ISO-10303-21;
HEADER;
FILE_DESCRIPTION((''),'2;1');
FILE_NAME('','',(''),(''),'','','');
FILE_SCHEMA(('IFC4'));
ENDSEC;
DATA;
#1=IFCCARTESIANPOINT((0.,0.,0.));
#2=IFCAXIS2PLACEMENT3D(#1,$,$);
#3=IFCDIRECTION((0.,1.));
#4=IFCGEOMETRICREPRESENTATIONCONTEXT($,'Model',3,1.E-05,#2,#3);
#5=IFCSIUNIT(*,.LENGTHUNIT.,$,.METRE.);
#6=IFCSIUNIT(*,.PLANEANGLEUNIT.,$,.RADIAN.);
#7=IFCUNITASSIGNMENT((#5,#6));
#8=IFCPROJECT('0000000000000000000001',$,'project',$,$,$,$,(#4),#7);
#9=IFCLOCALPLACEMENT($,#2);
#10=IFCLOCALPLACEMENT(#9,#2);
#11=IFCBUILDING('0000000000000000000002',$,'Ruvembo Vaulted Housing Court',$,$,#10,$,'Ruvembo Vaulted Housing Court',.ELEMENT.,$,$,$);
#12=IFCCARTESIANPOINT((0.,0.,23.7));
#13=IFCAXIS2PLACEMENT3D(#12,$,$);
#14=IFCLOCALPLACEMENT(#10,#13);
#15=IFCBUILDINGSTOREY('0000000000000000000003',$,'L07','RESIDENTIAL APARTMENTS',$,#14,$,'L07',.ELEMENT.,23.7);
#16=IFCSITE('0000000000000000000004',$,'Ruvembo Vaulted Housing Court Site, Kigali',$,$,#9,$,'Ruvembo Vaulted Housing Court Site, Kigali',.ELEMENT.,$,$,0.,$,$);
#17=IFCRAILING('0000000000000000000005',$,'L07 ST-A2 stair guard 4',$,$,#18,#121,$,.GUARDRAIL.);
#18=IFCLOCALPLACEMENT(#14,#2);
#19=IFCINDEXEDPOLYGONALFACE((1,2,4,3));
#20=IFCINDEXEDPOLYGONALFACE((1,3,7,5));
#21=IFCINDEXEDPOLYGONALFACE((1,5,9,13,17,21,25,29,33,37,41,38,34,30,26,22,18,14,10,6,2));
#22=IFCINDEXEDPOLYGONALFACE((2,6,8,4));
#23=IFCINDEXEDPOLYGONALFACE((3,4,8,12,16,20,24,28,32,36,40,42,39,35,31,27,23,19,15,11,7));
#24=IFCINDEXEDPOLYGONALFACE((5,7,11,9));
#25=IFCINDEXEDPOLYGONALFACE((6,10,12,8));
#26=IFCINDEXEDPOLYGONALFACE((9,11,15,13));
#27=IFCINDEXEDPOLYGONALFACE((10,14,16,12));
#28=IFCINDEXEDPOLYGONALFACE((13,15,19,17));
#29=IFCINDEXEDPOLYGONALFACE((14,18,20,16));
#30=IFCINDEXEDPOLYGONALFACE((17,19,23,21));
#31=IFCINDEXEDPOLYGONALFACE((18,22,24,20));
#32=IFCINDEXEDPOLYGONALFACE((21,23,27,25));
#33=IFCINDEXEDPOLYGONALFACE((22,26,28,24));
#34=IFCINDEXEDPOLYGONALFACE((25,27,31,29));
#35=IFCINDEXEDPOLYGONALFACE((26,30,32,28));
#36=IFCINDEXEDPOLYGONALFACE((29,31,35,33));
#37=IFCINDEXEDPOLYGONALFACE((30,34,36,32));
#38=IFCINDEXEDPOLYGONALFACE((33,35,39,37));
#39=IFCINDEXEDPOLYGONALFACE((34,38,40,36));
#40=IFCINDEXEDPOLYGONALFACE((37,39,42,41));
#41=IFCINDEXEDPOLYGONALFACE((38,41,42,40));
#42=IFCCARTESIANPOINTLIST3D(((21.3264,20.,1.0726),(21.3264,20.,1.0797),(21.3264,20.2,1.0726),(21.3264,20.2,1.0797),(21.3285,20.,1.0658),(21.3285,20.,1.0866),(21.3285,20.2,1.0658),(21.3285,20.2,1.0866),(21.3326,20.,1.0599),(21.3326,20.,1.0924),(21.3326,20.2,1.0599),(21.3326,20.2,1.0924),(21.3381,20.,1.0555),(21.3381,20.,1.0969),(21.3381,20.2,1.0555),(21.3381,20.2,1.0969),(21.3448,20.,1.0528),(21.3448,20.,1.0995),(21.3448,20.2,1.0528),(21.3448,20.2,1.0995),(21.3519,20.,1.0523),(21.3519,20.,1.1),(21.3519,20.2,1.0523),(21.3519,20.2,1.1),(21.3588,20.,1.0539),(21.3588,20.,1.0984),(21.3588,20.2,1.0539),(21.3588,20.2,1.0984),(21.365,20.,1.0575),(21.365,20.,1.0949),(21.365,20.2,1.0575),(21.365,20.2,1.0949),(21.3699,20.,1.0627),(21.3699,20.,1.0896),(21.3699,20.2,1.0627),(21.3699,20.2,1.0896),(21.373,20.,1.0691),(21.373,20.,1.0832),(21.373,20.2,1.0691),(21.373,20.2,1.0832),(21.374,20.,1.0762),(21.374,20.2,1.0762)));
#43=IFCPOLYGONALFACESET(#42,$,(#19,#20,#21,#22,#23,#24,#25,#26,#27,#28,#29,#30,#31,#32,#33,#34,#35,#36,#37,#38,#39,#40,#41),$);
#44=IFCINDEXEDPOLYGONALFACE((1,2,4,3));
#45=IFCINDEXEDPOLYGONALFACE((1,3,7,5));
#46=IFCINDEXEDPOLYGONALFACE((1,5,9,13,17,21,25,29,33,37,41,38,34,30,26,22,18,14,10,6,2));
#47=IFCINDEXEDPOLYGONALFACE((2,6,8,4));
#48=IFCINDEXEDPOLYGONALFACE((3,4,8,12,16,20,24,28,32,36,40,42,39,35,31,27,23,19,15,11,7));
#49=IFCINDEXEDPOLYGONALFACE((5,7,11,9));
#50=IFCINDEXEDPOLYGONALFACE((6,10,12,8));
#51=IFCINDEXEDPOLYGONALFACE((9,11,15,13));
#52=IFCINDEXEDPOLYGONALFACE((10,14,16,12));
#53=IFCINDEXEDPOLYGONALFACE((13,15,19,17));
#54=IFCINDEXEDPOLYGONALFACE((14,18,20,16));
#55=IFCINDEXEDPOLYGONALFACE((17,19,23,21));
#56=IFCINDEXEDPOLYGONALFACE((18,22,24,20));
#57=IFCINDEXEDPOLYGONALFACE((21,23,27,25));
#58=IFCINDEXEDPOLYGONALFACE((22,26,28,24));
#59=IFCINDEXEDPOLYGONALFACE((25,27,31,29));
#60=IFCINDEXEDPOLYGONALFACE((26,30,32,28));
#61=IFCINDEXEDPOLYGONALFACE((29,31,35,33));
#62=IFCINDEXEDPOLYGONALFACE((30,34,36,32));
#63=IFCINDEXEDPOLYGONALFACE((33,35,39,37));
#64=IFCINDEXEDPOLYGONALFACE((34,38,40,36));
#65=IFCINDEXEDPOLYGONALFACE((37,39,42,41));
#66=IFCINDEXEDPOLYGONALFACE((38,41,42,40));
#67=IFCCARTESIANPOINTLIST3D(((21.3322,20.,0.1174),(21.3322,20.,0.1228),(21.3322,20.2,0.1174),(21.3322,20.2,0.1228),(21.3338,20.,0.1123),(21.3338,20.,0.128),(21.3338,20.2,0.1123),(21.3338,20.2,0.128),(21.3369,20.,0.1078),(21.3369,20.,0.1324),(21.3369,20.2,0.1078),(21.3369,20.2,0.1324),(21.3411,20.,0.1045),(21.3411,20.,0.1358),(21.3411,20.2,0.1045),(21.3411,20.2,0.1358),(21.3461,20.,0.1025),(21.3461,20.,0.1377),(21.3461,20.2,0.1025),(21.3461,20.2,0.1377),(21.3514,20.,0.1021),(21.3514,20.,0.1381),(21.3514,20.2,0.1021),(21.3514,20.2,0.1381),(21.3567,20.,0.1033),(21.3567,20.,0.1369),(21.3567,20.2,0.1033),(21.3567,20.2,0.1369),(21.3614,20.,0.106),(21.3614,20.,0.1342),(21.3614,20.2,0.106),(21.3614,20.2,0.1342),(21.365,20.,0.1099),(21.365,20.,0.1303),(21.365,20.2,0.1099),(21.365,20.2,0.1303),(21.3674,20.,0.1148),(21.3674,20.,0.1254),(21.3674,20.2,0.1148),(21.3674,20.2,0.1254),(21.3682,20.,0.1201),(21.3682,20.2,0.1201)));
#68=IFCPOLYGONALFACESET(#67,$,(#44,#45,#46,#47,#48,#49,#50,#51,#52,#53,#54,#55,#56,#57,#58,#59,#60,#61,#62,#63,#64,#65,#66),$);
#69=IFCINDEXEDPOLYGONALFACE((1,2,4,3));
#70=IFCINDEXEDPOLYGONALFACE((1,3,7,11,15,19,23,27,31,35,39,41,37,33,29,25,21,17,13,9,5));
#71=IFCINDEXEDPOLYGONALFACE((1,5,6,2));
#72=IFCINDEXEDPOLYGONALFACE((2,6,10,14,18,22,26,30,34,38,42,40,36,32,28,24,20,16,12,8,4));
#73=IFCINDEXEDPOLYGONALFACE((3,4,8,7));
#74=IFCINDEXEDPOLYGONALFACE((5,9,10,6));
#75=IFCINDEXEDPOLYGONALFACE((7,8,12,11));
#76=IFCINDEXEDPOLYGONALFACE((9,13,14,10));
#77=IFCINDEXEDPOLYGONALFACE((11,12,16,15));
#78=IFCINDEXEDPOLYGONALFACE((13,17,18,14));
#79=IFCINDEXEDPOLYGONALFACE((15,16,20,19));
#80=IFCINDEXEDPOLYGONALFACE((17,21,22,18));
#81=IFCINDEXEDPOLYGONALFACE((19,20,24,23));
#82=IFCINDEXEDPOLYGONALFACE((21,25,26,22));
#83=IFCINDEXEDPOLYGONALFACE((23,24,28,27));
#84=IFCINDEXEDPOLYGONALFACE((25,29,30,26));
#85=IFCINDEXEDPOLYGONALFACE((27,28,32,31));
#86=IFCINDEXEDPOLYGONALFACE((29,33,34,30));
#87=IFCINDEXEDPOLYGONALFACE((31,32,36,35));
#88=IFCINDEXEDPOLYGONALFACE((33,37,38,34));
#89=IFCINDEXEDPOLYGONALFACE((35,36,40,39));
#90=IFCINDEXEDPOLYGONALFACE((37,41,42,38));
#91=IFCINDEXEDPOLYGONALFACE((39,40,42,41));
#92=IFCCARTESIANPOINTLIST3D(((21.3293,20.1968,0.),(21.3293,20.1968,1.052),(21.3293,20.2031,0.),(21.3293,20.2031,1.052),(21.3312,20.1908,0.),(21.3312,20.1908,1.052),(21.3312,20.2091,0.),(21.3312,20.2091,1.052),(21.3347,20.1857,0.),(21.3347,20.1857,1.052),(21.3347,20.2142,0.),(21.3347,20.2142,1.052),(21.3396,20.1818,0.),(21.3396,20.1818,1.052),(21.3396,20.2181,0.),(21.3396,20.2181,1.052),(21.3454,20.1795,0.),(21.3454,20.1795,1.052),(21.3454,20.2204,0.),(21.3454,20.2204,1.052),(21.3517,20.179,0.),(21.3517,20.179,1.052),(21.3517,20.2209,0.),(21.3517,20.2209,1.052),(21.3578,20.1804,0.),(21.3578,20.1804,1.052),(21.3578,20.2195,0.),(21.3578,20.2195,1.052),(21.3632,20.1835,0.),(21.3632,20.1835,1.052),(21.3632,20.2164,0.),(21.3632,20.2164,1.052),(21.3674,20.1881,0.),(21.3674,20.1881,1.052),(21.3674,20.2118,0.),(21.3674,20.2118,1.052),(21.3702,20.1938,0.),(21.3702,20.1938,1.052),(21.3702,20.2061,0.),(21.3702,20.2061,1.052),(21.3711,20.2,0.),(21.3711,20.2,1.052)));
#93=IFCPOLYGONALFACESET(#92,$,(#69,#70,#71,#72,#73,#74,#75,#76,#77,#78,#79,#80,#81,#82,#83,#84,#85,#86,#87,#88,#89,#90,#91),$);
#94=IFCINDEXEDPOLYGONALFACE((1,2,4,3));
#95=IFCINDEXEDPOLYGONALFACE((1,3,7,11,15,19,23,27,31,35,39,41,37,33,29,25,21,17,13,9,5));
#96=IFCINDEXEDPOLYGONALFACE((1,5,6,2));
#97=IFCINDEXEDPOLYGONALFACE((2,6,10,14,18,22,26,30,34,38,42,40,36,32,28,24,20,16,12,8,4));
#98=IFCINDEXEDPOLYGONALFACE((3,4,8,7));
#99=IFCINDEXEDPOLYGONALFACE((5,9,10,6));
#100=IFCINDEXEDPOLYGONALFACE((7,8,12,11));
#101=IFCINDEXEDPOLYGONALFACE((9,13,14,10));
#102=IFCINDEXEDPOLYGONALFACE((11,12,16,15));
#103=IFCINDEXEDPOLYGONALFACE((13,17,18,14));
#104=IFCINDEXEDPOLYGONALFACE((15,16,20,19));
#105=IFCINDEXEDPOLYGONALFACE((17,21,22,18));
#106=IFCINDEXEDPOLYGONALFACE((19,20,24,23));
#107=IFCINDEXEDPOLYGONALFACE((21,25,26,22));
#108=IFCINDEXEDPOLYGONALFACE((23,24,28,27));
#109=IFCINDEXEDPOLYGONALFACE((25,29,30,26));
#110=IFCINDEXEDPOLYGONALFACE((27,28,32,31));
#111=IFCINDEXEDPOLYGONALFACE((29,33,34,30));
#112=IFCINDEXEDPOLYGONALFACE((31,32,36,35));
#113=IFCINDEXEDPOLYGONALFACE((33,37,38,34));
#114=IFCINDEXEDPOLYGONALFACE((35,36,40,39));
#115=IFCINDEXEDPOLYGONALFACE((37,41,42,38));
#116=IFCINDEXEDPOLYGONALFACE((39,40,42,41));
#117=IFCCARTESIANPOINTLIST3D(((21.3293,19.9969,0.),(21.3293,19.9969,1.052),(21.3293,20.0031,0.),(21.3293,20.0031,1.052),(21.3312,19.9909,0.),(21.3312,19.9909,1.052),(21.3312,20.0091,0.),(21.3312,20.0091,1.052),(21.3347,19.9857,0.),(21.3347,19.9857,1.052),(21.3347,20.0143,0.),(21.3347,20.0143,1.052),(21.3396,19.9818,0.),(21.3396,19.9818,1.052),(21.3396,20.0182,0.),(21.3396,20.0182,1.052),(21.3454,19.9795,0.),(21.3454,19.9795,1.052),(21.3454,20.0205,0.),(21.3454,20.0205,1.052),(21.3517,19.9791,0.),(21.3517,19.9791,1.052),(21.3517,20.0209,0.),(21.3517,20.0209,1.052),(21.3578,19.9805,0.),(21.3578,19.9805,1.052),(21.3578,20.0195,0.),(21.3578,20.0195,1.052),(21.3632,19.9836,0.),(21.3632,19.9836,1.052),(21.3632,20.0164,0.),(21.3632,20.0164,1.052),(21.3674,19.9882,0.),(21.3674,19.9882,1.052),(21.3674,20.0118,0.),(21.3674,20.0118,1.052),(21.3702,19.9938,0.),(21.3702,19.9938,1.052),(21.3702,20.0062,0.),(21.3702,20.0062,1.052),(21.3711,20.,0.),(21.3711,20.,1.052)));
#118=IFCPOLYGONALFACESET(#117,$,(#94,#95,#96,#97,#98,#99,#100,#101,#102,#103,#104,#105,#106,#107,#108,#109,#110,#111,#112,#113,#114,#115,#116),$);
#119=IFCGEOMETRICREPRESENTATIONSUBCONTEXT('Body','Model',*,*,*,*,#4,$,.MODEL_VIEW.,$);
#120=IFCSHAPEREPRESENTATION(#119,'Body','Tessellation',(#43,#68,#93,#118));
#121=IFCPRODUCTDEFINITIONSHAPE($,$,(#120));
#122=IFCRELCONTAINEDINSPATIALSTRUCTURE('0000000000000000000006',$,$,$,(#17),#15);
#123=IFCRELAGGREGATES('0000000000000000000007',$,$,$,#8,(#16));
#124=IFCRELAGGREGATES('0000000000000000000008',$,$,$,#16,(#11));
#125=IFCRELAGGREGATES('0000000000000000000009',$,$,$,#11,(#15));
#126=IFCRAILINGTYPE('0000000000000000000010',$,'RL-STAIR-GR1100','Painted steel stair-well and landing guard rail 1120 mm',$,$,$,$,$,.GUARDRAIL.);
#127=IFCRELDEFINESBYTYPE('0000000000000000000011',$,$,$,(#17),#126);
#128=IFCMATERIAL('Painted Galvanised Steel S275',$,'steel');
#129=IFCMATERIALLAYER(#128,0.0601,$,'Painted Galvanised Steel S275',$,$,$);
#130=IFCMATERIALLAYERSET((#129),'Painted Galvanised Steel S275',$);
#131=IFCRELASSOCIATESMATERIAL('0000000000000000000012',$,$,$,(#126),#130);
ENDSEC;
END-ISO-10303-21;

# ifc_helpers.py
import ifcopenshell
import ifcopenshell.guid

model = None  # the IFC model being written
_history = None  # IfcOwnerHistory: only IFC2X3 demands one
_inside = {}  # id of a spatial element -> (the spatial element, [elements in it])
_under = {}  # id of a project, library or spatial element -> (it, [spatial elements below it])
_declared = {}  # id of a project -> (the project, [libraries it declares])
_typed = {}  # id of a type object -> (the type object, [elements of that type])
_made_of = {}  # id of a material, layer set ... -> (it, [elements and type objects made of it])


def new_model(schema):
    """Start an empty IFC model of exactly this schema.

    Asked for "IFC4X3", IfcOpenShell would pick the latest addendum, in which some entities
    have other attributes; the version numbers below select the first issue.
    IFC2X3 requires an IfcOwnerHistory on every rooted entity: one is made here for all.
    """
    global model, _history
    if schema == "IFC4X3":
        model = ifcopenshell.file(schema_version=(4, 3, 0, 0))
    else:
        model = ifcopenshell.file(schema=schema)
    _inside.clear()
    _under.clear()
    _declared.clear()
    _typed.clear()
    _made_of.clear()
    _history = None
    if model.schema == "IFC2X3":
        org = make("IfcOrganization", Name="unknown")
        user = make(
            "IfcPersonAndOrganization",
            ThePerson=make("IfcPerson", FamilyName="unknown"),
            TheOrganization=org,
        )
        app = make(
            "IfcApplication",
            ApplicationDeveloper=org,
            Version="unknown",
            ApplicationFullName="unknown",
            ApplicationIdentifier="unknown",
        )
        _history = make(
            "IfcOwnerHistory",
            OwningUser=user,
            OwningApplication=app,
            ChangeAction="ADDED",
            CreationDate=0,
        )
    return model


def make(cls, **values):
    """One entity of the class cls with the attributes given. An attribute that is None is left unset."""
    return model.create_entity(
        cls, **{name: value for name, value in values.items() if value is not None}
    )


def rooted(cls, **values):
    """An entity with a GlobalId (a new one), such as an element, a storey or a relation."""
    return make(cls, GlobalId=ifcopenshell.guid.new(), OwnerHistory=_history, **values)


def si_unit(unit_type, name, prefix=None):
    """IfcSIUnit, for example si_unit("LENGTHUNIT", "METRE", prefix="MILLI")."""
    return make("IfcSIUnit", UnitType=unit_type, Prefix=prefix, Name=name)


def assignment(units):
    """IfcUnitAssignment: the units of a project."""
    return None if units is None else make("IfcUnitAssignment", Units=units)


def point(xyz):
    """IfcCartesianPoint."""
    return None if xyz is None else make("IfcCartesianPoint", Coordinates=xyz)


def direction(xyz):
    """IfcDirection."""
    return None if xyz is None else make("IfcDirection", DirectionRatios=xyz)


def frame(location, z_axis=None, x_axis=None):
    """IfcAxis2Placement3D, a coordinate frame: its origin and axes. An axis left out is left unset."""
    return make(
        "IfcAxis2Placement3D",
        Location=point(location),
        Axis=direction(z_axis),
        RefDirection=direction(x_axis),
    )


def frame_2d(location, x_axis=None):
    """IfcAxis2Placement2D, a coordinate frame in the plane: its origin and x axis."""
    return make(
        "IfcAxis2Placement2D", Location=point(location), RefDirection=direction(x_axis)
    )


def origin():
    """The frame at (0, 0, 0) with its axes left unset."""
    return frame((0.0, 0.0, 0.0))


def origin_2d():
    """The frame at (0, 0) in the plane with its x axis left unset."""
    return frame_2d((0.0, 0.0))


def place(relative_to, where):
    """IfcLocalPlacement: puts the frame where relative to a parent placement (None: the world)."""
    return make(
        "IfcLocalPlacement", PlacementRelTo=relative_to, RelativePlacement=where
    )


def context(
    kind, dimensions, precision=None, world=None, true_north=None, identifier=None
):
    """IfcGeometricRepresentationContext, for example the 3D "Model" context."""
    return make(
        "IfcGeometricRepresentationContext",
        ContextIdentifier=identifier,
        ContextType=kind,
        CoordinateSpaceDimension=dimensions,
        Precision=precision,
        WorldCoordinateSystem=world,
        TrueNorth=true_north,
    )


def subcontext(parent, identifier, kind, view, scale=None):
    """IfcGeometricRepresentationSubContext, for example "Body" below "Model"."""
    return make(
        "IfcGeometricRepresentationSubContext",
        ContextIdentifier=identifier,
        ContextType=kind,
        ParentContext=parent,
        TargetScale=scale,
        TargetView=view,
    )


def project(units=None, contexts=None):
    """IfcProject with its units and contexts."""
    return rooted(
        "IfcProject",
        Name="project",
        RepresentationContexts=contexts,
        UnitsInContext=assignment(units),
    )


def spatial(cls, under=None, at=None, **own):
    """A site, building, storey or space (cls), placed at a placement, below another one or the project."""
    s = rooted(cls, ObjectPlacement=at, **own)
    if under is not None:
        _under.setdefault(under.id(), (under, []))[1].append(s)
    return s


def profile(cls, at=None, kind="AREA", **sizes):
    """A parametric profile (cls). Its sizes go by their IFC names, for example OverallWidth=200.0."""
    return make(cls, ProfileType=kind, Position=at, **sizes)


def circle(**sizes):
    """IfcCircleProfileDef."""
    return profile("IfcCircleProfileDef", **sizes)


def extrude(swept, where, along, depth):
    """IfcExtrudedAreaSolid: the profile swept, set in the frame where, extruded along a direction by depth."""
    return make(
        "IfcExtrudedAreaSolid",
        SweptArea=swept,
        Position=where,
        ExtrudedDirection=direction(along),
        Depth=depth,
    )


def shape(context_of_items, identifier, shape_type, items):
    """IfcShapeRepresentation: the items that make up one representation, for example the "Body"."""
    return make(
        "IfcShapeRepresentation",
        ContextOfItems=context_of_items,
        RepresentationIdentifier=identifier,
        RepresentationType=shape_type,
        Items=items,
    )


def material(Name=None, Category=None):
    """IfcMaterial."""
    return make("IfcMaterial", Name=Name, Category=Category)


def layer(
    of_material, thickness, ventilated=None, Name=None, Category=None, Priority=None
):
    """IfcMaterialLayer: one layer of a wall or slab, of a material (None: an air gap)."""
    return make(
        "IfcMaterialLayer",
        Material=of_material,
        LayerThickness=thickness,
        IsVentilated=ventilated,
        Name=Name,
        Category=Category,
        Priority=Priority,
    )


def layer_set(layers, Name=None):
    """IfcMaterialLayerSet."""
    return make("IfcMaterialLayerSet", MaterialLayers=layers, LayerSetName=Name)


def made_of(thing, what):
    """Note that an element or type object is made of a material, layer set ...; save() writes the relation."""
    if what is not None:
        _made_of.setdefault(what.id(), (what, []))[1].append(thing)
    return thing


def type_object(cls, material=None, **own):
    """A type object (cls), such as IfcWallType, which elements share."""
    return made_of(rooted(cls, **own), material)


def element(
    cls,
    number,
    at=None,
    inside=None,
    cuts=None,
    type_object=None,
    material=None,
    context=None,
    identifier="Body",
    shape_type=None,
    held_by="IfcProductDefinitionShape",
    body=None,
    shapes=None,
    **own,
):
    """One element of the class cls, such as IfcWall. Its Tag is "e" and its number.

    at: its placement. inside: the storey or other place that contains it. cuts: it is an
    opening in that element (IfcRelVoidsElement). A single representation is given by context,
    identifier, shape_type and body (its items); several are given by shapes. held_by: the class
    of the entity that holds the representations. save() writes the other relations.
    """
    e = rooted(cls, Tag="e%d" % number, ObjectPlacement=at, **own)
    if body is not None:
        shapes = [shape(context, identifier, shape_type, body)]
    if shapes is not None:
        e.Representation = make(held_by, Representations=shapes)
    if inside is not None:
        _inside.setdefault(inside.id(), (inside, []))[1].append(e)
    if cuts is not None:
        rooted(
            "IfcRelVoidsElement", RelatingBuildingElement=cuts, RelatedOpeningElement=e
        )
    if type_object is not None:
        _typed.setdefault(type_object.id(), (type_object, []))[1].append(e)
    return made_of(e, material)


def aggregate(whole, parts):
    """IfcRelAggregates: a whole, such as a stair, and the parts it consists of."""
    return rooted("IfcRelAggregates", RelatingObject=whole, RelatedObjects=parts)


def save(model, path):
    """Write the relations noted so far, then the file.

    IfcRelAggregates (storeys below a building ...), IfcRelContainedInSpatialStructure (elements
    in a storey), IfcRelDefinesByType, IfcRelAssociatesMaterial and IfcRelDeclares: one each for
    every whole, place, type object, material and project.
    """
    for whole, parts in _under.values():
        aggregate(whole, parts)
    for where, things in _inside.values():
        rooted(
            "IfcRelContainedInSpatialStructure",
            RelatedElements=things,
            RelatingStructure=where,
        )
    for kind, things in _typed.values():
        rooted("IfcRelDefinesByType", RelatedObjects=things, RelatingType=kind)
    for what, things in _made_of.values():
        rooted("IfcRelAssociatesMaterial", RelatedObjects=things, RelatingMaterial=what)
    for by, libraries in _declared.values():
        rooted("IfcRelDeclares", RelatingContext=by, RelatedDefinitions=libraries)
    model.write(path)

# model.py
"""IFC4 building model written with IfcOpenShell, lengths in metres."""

from ifc_helpers import new_model, si_unit, direction, frame, origin, origin_2d, place, context, subcontext, project, spatial, circle, extrude, material, layer, layer_set, type_object, element, save


model = new_model("IFC4")

# Units and contexts
model_context = context("Model", 3, precision=1e-05, world=origin(), true_north=direction((0.0, 1.0)))
body_context = subcontext(model_context, "Body", "Model", "MODEL_VIEW")
ifc_project = project(units=[si_unit("LENGTHUNIT", "METRE"), si_unit("PLANEANGLEUNIT", "RADIAN")], contexts=[model_context])

# Site, building, storey
site_placement = place(None, origin())
site = spatial("IfcSite", under=ifc_project, at=site_placement, Name="Ruvembo Vaulted Housing Court Site, Kigali", LongName="Ruvembo Vaulted Housing Court Site, Kigali", CompositionType="ELEMENT", RefElevation=0.0)
building_placement = place(site_placement, origin())
building = spatial("IfcBuilding", under=site, at=building_placement, Name="Ruvembo Vaulted Housing Court", LongName="Ruvembo Vaulted Housing Court", CompositionType="ELEMENT")
storey_placement = place(building_placement, frame((0.0, 0.0, 23.7)))
storey = spatial("IfcBuildingStorey", under=building, at=storey_placement, Name="L07", Description="RESIDENTIAL APARTMENTS", LongName="L07", CompositionType="ELEMENT", Elevation=23.7)

# Railing
ifc_material_1 = material(Name="Painted Galvanised Steel S275", Category="steel")
ifc_layer_1 = layer(ifc_material_1, 0.0601, Name="Painted Galvanised Steel S275")
ifc_layer_set_1 = layer_set([ifc_layer_1], Name="Painted Galvanised Steel S275")
railing_type_1 = type_object("IfcRailingType", Name="RL-STAIR-GR1100", Description="Painted steel stair-well and landing guard rail 1120 mm", PredefinedType="GUARDRAIL", material=ifc_layer_set_1)
railing_1_placement = place(storey_placement, frame((21.3501, 20.2, 0.0)))
element("IfcRailing", 1, at=railing_1_placement, inside=storey, type_object=railing_type_1, Name="L07 ST-A2 stair guard 4", PredefinedType="GUARDRAIL", context=body_context, shape_type="SweptSolid", body=[
    extrude(circle(Radius=0.0239, at=origin_2d()), frame((0.0, 0.0, 1.0762), z_axis=(0.0, -1.0, 0.0), x_axis=(1.0, 0.0, 0.0)), (0.0, 0.0, 1.0), 0.2),
    extrude(circle(Radius=0.0181, at=origin_2d()), frame((0.0, 0.0, 0.1201), z_axis=(0.0, -1.0, 0.0), x_axis=(1.0, 0.0, 0.0)), (0.0, 0.0, 1.0), 0.2),
    extrude(circle(Radius=0.021, at=origin_2d()), origin(), (0.0, 0.0, 1.0), 1.052),
    extrude(circle(Radius=0.021, at=origin_2d()), frame((0.0, -0.2, 0.0)), (0.0, 0.0, 1.0), 1.052),
])

save(model, "model.ifc")
